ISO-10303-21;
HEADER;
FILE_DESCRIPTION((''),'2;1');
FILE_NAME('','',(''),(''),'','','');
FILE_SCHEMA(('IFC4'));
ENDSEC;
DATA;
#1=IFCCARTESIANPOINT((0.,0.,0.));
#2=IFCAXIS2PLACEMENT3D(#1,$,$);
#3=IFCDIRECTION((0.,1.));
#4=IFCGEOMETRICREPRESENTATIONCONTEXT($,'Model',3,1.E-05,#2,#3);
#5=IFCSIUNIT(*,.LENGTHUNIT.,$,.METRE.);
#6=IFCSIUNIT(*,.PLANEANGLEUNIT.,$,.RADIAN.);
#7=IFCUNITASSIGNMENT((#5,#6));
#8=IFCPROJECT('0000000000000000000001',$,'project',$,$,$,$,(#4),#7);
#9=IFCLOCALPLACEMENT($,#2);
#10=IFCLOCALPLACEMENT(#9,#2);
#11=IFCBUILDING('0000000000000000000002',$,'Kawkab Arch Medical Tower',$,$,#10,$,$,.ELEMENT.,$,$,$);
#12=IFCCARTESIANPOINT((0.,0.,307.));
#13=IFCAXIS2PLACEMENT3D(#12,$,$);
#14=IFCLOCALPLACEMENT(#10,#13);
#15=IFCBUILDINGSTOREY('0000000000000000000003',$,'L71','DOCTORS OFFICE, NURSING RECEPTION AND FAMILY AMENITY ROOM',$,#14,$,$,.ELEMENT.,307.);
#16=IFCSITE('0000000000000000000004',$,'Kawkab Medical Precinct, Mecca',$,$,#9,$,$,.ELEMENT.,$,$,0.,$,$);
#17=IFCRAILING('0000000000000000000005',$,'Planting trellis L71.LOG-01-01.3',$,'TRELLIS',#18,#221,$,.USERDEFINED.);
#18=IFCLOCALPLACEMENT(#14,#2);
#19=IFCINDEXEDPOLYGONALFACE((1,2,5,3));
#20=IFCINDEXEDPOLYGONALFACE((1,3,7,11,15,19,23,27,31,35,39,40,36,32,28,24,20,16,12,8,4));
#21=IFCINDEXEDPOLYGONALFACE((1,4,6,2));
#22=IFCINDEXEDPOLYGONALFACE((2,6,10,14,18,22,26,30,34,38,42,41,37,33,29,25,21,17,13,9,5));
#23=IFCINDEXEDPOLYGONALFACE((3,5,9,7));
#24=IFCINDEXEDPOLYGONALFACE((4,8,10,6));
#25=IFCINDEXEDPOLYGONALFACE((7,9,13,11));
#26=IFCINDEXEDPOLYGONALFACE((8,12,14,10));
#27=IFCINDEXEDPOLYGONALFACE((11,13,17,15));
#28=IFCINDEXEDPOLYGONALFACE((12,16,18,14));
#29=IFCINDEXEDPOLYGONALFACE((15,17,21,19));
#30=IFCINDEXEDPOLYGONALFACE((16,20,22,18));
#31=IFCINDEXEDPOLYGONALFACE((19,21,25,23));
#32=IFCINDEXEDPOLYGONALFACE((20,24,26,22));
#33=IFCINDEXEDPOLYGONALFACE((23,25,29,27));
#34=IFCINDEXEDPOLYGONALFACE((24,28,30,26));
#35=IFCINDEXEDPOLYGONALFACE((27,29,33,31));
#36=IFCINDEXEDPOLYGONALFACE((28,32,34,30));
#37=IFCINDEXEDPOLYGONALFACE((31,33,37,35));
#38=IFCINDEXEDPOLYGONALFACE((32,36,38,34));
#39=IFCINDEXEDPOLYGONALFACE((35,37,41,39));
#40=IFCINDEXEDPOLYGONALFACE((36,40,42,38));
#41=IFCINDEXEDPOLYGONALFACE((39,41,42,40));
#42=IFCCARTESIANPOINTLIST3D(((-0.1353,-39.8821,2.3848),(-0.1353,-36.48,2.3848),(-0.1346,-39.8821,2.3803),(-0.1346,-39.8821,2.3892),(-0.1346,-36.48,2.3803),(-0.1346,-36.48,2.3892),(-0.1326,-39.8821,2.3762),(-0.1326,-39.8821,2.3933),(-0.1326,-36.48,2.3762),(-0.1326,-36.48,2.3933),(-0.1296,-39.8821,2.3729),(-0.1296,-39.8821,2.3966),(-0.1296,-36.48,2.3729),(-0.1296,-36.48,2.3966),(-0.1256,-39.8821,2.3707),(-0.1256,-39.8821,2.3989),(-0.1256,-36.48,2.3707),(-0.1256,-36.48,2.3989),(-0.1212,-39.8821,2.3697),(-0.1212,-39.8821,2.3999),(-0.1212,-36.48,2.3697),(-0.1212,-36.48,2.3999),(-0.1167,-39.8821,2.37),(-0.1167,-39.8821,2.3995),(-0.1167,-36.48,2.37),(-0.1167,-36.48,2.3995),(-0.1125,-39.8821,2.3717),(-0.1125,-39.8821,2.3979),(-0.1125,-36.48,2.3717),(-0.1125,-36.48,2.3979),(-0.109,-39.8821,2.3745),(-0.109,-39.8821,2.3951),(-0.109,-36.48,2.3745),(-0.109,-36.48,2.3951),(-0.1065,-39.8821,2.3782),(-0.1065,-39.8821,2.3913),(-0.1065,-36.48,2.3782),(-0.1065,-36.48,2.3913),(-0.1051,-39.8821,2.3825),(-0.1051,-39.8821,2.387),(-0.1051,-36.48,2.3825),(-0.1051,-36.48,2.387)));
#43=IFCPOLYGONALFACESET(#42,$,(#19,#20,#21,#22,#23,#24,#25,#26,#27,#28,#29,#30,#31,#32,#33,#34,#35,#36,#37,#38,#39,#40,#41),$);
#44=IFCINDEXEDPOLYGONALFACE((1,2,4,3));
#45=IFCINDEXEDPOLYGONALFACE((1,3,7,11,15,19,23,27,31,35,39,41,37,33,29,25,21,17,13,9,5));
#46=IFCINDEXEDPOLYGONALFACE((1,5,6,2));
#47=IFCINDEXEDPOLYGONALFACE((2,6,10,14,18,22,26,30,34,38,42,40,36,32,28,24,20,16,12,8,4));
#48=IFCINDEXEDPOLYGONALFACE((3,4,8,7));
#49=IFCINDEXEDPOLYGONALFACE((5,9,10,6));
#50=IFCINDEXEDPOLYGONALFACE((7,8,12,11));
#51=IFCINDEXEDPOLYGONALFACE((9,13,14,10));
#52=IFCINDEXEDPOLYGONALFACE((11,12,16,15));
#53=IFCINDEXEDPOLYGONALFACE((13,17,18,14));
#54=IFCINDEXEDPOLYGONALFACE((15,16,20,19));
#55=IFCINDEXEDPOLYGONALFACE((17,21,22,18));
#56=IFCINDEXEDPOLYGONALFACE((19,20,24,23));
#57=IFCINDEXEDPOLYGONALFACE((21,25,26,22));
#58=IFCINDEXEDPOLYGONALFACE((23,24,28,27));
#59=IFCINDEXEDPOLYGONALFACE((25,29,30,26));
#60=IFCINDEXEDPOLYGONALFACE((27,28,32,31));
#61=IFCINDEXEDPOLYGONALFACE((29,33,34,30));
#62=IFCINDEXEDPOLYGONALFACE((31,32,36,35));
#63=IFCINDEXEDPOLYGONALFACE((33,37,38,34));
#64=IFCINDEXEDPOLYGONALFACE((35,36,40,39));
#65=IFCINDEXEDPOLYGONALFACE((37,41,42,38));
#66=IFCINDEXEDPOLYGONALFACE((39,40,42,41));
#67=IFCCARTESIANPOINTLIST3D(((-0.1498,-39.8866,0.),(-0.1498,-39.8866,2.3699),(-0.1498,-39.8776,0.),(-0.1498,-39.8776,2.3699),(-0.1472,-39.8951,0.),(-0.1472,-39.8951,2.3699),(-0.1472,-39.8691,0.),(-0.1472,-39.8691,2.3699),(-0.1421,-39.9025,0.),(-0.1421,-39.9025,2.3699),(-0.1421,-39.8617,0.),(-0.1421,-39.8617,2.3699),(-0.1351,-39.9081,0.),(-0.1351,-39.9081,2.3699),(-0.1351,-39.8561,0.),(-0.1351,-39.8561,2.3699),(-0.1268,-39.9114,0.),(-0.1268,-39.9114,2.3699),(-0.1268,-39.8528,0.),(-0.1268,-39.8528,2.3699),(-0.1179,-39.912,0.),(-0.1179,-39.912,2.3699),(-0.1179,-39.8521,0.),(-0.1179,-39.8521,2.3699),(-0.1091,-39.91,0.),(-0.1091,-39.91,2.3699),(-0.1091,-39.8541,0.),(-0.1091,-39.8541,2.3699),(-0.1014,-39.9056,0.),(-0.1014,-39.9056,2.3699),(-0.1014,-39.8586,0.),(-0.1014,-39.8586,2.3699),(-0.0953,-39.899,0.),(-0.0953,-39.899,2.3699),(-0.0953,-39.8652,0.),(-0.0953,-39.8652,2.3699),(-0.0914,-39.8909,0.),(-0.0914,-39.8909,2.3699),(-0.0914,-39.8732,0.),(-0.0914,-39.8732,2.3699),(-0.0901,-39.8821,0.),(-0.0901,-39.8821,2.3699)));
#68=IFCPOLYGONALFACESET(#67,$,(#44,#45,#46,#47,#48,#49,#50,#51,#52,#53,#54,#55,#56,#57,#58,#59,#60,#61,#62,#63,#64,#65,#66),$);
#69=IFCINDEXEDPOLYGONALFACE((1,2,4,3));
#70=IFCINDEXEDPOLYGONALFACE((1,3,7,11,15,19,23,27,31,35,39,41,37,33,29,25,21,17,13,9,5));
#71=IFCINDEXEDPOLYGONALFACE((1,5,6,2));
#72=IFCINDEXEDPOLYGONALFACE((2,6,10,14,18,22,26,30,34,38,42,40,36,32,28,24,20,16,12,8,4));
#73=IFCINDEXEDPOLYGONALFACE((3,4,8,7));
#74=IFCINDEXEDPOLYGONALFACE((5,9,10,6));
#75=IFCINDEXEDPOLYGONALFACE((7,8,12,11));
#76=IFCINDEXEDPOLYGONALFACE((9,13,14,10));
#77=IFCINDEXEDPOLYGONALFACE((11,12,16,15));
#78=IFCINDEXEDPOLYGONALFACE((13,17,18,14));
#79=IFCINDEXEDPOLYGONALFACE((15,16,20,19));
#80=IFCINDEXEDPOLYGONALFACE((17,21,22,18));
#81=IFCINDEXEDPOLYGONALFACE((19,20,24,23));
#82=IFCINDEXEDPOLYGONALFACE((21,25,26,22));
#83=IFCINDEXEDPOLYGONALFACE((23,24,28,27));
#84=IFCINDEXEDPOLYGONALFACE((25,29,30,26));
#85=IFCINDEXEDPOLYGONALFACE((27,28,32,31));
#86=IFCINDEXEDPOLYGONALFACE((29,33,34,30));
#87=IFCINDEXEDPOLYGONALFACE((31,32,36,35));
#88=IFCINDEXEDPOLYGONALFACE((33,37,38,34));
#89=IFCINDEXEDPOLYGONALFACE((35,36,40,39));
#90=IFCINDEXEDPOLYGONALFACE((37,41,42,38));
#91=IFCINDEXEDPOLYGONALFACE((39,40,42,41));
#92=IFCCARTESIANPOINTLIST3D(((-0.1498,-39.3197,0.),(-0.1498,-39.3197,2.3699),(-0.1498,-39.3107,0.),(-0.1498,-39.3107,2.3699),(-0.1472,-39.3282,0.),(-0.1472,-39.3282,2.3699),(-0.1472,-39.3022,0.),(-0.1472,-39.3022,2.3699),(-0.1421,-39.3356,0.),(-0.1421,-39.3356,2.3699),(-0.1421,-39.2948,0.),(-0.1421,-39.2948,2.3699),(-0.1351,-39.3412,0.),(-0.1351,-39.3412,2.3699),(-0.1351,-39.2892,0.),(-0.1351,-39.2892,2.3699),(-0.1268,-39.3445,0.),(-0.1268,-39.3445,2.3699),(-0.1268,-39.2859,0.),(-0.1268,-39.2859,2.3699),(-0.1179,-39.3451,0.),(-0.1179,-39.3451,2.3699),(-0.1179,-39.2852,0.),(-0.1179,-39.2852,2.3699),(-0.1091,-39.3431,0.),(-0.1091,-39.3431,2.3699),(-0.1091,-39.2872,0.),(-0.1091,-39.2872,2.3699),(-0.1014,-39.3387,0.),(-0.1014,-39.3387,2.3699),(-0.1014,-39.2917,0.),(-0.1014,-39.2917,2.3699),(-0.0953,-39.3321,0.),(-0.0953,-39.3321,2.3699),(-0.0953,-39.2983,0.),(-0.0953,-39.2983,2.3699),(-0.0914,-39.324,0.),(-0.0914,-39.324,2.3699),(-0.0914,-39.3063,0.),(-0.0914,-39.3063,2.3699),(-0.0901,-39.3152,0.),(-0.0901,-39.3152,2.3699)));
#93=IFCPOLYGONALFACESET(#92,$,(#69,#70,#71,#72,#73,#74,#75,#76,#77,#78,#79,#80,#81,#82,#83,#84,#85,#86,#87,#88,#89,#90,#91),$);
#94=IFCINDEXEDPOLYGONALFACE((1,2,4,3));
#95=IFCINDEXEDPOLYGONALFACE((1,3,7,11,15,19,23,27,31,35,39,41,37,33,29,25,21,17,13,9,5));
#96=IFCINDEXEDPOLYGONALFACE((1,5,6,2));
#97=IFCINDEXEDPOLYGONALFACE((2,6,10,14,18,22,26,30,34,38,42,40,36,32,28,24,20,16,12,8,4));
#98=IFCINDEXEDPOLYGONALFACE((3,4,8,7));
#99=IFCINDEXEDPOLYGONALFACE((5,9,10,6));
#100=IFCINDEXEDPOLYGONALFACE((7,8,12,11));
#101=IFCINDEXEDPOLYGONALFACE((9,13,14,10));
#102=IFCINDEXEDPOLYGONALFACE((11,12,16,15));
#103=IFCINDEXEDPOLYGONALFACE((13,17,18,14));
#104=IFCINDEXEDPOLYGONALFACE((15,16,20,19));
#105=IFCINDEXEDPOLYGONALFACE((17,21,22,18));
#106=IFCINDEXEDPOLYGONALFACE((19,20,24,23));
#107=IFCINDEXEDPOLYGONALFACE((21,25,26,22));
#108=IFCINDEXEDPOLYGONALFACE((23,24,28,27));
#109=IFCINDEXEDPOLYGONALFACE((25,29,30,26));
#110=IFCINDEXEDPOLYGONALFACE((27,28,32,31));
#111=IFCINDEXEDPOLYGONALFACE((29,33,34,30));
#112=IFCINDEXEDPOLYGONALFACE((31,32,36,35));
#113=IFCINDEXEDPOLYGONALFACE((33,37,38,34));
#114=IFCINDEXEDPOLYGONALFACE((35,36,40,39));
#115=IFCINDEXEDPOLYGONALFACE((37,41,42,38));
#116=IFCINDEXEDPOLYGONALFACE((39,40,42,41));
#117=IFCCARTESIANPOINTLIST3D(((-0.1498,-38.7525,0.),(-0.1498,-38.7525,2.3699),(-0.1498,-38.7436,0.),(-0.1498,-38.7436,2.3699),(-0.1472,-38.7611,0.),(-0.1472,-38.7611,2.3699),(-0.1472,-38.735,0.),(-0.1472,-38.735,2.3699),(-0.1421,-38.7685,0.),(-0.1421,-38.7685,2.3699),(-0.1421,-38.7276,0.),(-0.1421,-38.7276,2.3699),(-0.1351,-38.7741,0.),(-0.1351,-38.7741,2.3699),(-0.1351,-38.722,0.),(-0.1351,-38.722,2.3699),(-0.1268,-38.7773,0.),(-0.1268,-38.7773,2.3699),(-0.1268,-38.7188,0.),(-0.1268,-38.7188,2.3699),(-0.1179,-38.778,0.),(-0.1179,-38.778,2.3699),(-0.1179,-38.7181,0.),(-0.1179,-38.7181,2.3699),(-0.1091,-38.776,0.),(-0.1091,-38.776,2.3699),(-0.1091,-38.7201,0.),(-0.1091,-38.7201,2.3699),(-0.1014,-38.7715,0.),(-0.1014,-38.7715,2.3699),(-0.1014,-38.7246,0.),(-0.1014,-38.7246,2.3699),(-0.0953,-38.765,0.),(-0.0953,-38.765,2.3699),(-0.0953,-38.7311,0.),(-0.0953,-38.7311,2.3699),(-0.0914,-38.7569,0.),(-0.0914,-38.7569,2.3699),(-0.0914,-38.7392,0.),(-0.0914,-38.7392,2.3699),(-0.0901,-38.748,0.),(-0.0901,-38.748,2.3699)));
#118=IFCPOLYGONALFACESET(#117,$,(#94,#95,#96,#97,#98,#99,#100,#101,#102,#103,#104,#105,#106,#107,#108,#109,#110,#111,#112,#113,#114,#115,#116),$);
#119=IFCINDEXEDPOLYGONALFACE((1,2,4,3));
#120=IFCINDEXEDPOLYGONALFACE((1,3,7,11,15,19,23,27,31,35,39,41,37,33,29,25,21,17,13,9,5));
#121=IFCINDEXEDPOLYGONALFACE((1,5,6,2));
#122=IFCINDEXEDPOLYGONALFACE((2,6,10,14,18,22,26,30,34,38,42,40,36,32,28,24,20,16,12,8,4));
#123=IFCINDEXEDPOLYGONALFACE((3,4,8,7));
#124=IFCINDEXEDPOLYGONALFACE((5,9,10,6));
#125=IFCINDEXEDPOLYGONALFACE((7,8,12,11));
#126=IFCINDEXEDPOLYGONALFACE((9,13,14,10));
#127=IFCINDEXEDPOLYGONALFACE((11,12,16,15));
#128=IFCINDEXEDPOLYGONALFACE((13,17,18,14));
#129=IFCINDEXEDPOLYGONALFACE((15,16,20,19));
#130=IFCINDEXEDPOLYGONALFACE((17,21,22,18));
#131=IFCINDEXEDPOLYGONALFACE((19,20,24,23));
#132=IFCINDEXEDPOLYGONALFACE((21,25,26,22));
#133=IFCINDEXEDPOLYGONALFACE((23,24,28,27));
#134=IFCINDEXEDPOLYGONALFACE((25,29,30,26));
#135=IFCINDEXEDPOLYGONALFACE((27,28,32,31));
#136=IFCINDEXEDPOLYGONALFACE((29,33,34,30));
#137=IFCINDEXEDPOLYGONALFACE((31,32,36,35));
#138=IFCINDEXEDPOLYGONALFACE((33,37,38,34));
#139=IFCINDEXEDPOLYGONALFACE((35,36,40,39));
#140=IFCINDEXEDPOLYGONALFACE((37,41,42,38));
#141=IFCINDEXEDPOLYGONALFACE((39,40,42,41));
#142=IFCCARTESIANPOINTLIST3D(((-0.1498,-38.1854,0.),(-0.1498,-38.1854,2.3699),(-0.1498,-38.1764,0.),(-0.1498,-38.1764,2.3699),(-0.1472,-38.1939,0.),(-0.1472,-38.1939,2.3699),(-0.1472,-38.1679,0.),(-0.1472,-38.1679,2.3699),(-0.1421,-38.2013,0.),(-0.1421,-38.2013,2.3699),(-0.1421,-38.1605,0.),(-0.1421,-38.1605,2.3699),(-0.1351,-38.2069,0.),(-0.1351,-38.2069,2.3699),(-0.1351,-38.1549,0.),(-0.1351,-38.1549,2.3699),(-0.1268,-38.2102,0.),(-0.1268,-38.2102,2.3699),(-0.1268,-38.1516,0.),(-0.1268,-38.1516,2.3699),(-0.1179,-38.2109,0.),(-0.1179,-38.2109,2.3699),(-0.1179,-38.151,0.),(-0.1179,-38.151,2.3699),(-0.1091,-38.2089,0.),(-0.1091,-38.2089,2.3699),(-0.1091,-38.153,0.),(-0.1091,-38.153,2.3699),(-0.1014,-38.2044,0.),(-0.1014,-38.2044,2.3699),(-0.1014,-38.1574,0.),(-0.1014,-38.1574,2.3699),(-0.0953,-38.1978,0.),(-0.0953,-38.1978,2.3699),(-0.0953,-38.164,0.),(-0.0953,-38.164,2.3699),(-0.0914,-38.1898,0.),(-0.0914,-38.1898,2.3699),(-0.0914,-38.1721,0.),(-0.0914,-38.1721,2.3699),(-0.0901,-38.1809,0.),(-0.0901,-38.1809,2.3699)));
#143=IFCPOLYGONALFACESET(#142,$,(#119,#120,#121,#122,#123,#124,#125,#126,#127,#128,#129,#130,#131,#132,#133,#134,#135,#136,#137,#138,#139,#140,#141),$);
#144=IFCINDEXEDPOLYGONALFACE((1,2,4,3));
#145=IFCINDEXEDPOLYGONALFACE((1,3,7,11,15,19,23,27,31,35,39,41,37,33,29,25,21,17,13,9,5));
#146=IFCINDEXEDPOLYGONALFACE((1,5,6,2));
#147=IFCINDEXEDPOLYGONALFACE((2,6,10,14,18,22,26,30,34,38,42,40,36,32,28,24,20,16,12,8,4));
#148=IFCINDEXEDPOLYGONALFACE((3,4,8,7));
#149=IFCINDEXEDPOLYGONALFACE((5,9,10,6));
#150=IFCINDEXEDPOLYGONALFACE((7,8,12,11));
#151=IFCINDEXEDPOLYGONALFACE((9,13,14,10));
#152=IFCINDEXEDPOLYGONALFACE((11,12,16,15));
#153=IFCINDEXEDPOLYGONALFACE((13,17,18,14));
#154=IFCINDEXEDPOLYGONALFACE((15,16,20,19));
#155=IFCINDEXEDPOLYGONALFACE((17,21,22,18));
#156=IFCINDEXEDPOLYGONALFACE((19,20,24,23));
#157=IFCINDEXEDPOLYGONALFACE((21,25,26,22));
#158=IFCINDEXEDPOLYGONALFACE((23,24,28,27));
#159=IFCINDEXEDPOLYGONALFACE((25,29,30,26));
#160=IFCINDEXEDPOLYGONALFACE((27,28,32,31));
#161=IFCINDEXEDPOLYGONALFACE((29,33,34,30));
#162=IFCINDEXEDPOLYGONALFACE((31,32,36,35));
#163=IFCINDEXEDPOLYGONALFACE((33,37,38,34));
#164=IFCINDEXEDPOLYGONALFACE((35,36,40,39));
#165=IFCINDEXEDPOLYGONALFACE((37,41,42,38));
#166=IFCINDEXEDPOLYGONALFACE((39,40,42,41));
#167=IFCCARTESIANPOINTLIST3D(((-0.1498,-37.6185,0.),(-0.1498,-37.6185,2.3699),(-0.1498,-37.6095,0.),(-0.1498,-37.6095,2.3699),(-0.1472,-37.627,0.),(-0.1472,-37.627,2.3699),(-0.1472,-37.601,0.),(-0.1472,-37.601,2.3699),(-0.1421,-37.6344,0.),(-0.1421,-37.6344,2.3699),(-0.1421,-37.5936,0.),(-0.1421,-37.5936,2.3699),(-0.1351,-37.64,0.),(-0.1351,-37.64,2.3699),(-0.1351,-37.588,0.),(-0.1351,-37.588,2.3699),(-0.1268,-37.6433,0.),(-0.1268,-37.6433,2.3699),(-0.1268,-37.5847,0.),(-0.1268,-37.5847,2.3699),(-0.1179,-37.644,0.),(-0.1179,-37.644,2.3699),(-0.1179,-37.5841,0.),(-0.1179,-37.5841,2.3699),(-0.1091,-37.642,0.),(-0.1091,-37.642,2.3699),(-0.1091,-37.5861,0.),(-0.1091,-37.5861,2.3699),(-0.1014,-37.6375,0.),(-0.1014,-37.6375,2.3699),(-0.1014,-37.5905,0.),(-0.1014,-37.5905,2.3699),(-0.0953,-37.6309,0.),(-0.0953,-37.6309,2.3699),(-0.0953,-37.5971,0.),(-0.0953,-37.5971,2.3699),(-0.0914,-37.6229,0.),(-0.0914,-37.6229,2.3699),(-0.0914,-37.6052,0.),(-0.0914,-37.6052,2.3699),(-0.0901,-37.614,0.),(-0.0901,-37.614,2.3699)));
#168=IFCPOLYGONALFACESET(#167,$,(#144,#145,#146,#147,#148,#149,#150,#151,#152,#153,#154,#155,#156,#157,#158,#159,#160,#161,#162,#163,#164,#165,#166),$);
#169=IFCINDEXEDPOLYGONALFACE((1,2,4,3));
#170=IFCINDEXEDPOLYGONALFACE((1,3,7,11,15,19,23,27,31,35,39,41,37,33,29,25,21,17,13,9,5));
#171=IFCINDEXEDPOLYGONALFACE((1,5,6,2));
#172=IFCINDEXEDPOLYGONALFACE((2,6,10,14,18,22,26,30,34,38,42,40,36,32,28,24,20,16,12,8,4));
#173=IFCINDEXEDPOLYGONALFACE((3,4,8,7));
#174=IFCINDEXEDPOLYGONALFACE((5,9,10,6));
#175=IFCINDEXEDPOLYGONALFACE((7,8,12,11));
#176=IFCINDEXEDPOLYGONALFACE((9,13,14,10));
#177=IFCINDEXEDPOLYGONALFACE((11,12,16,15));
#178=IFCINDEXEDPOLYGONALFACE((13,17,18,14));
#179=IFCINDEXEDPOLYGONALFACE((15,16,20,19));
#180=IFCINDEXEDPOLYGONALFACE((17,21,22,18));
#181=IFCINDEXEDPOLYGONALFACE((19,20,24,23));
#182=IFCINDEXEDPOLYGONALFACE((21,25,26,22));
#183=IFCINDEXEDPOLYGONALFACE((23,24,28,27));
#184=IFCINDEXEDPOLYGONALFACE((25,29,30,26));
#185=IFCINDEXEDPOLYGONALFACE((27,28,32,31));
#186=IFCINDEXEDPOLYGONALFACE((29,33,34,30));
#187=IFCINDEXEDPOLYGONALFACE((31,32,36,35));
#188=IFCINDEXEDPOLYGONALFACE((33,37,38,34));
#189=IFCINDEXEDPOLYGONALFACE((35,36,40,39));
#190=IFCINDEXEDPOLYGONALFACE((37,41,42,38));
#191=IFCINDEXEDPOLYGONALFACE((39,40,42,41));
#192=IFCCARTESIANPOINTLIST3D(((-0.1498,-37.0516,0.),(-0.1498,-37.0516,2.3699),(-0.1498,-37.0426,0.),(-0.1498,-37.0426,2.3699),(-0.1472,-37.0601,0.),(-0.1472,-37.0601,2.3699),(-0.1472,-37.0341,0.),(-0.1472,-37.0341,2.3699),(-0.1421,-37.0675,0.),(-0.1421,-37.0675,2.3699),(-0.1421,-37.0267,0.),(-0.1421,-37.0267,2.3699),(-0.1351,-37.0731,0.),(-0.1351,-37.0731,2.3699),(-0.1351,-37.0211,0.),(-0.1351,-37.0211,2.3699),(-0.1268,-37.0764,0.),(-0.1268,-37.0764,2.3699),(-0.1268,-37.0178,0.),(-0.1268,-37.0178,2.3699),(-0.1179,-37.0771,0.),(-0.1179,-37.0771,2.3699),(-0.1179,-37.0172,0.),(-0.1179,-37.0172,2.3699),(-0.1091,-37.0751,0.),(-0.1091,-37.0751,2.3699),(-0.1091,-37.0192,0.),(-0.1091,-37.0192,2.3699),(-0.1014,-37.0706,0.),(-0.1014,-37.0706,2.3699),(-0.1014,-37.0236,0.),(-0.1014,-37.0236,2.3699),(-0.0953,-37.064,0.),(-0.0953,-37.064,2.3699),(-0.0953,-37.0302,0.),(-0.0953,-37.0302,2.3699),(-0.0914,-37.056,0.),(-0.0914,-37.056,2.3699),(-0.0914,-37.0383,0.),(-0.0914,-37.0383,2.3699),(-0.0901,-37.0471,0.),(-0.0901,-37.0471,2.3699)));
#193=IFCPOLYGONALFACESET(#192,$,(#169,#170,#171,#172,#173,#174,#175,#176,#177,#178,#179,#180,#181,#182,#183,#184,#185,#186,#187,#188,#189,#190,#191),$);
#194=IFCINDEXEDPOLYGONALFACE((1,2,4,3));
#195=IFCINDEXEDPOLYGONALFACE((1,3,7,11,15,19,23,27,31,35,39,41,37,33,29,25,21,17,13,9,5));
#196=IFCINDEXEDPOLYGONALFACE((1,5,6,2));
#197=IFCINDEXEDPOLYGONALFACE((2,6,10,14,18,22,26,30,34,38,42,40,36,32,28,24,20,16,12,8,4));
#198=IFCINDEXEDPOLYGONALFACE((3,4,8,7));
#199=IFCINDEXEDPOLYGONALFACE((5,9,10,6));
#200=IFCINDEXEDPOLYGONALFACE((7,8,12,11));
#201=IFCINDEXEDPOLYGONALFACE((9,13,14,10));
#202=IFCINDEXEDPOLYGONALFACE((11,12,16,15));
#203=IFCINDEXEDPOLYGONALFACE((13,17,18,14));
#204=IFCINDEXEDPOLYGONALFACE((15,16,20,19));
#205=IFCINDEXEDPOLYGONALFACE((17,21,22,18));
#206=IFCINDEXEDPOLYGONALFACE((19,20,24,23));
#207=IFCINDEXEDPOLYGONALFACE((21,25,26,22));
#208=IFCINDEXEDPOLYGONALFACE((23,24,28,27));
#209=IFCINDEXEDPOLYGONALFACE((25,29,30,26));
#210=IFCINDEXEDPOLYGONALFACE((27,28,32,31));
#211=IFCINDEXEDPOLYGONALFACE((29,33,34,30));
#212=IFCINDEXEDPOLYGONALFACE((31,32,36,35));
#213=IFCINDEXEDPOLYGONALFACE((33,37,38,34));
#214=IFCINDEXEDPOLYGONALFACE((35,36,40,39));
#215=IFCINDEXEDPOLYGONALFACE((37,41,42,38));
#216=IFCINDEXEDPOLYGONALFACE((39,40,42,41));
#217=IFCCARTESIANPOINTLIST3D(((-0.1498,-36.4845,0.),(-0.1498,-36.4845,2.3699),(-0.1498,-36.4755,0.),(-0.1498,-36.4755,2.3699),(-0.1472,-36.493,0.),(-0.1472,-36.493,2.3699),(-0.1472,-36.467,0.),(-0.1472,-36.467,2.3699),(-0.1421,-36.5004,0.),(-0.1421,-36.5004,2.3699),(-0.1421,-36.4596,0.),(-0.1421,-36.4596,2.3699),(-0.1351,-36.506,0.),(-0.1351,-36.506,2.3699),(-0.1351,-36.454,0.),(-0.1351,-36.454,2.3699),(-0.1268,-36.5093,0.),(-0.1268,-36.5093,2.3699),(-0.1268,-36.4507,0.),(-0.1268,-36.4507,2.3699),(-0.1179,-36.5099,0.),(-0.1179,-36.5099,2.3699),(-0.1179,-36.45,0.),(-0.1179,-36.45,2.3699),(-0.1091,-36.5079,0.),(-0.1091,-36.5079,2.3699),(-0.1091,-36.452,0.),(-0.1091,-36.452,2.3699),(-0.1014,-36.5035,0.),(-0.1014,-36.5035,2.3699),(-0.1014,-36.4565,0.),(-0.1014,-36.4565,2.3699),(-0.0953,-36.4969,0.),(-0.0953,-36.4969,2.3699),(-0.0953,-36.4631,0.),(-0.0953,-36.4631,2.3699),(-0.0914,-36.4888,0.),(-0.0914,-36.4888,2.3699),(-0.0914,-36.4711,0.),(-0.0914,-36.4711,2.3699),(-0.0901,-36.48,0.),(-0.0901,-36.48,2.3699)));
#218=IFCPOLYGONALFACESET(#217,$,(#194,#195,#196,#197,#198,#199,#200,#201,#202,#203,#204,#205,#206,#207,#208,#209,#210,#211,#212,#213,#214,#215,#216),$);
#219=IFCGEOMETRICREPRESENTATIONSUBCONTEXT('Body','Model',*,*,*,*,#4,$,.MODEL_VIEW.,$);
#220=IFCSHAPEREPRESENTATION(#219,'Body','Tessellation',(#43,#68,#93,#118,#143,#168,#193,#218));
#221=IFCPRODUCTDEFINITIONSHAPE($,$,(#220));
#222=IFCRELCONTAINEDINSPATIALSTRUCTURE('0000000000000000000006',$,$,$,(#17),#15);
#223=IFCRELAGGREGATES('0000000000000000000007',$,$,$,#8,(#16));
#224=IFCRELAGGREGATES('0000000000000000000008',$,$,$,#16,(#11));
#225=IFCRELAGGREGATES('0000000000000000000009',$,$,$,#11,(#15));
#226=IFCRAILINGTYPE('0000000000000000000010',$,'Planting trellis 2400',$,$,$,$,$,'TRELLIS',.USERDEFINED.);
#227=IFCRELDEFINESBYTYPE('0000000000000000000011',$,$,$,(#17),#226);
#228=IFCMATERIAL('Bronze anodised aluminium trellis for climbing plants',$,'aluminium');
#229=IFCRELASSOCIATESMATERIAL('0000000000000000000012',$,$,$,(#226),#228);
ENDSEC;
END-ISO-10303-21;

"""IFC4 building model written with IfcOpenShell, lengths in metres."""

from ifc_helpers import new_model, si_unit, direction, frame, origin, origin_2d, place, context, subcontext, project, spatial, circle, extrude, material, type_object, element, save


model = new_model("IFC4")

# Units and contexts
model_context = context("Model", 3, precision=1e-05, world=origin(), true_north=direction((0.0, 1.0)))
body_context = subcontext(model_context, "Body", "Model", "MODEL_VIEW")
ifc_project = project(units=[si_unit("LENGTHUNIT", "METRE"), si_unit("PLANEANGLEUNIT", "RADIAN")], contexts=[model_context])

# Site, building, storey
site_placement = place(None, origin())
site = spatial("IfcSite", under=ifc_project, at=site_placement, Name="Kawkab Medical Precinct, Mecca", CompositionType="ELEMENT", RefElevation=0.0)
building_placement = place(site_placement, origin())
building = spatial("IfcBuilding", under=site, at=building_placement, Name="Kawkab Arch Medical Tower", CompositionType="ELEMENT")
storey_placement = place(building_placement, frame((0.0, 0.0, 307.0)))
storey = spatial("IfcBuildingStorey", under=building, at=storey_placement, Name="L71", Description="DOCTORS OFFICE, NURSING RECEPTION AND FAMILY AMENITY ROOM", CompositionType="ELEMENT", Elevation=307.0)

# Railing
ifc_material_1 = material(Name="Bronze anodised aluminium trellis for climbing plants", Category="aluminium")
railing_type_1 = type_object("IfcRailingType", Name="Planting trellis 2400", ElementType="TRELLIS", PredefinedType="USERDEFINED", material=ifc_material_1)
railing_1_placement = place(storey_placement, frame((-0.1201, -39.8821, 0.0)))
element("IfcRailing", 1, at=railing_1_placement, inside=storey, type_object=railing_type_1, Name="Planting trellis L71.LOG-01-01.3", ObjectType="TRELLIS", PredefinedType="USERDEFINED", context=body_context, shape_type="SweptSolid", body=[
    extrude(circle(Radius=0.0151, at=origin_2d()), frame((0.0, 0.0, 2.3848), z_axis=(0.0, 1.0, 0.0), x_axis=(-1.0, 0.0, 0.0)), (0.0, 0.0, 1.0), 3.4021),
    extrude(circle(Radius=0.03, at=origin_2d()), origin(), (0.0, 0.0, 1.0), 2.3699),
    extrude(circle(Radius=0.03, at=origin_2d()), frame((0.0, 0.5669, 0.0)), (0.0, 0.0, 1.0), 2.3699),
    extrude(circle(Radius=0.03, at=origin_2d()), frame((0.0, 1.134, 0.0)), (0.0, 0.0, 1.0), 2.3699),
    extrude(circle(Radius=0.03, at=origin_2d()), frame((0.0, 1.7012, 0.0)), (0.0, 0.0, 1.0), 2.3699),
    extrude(circle(Radius=0.03, at=origin_2d()), frame((0.0, 2.2681, 0.0)), (0.0, 0.0, 1.0), 2.3699),
    extrude(circle(Radius=0.03, at=origin_2d()), frame((0.0, 2.835, 0.0)), (0.0, 0.0, 1.0), 2.3699),
    extrude(circle(Radius=0.03, at=origin_2d()), frame((0.0, 3.4021, 0.0)), (0.0, 0.0, 1.0), 2.3699),
])

save(model, "model.ifc")
